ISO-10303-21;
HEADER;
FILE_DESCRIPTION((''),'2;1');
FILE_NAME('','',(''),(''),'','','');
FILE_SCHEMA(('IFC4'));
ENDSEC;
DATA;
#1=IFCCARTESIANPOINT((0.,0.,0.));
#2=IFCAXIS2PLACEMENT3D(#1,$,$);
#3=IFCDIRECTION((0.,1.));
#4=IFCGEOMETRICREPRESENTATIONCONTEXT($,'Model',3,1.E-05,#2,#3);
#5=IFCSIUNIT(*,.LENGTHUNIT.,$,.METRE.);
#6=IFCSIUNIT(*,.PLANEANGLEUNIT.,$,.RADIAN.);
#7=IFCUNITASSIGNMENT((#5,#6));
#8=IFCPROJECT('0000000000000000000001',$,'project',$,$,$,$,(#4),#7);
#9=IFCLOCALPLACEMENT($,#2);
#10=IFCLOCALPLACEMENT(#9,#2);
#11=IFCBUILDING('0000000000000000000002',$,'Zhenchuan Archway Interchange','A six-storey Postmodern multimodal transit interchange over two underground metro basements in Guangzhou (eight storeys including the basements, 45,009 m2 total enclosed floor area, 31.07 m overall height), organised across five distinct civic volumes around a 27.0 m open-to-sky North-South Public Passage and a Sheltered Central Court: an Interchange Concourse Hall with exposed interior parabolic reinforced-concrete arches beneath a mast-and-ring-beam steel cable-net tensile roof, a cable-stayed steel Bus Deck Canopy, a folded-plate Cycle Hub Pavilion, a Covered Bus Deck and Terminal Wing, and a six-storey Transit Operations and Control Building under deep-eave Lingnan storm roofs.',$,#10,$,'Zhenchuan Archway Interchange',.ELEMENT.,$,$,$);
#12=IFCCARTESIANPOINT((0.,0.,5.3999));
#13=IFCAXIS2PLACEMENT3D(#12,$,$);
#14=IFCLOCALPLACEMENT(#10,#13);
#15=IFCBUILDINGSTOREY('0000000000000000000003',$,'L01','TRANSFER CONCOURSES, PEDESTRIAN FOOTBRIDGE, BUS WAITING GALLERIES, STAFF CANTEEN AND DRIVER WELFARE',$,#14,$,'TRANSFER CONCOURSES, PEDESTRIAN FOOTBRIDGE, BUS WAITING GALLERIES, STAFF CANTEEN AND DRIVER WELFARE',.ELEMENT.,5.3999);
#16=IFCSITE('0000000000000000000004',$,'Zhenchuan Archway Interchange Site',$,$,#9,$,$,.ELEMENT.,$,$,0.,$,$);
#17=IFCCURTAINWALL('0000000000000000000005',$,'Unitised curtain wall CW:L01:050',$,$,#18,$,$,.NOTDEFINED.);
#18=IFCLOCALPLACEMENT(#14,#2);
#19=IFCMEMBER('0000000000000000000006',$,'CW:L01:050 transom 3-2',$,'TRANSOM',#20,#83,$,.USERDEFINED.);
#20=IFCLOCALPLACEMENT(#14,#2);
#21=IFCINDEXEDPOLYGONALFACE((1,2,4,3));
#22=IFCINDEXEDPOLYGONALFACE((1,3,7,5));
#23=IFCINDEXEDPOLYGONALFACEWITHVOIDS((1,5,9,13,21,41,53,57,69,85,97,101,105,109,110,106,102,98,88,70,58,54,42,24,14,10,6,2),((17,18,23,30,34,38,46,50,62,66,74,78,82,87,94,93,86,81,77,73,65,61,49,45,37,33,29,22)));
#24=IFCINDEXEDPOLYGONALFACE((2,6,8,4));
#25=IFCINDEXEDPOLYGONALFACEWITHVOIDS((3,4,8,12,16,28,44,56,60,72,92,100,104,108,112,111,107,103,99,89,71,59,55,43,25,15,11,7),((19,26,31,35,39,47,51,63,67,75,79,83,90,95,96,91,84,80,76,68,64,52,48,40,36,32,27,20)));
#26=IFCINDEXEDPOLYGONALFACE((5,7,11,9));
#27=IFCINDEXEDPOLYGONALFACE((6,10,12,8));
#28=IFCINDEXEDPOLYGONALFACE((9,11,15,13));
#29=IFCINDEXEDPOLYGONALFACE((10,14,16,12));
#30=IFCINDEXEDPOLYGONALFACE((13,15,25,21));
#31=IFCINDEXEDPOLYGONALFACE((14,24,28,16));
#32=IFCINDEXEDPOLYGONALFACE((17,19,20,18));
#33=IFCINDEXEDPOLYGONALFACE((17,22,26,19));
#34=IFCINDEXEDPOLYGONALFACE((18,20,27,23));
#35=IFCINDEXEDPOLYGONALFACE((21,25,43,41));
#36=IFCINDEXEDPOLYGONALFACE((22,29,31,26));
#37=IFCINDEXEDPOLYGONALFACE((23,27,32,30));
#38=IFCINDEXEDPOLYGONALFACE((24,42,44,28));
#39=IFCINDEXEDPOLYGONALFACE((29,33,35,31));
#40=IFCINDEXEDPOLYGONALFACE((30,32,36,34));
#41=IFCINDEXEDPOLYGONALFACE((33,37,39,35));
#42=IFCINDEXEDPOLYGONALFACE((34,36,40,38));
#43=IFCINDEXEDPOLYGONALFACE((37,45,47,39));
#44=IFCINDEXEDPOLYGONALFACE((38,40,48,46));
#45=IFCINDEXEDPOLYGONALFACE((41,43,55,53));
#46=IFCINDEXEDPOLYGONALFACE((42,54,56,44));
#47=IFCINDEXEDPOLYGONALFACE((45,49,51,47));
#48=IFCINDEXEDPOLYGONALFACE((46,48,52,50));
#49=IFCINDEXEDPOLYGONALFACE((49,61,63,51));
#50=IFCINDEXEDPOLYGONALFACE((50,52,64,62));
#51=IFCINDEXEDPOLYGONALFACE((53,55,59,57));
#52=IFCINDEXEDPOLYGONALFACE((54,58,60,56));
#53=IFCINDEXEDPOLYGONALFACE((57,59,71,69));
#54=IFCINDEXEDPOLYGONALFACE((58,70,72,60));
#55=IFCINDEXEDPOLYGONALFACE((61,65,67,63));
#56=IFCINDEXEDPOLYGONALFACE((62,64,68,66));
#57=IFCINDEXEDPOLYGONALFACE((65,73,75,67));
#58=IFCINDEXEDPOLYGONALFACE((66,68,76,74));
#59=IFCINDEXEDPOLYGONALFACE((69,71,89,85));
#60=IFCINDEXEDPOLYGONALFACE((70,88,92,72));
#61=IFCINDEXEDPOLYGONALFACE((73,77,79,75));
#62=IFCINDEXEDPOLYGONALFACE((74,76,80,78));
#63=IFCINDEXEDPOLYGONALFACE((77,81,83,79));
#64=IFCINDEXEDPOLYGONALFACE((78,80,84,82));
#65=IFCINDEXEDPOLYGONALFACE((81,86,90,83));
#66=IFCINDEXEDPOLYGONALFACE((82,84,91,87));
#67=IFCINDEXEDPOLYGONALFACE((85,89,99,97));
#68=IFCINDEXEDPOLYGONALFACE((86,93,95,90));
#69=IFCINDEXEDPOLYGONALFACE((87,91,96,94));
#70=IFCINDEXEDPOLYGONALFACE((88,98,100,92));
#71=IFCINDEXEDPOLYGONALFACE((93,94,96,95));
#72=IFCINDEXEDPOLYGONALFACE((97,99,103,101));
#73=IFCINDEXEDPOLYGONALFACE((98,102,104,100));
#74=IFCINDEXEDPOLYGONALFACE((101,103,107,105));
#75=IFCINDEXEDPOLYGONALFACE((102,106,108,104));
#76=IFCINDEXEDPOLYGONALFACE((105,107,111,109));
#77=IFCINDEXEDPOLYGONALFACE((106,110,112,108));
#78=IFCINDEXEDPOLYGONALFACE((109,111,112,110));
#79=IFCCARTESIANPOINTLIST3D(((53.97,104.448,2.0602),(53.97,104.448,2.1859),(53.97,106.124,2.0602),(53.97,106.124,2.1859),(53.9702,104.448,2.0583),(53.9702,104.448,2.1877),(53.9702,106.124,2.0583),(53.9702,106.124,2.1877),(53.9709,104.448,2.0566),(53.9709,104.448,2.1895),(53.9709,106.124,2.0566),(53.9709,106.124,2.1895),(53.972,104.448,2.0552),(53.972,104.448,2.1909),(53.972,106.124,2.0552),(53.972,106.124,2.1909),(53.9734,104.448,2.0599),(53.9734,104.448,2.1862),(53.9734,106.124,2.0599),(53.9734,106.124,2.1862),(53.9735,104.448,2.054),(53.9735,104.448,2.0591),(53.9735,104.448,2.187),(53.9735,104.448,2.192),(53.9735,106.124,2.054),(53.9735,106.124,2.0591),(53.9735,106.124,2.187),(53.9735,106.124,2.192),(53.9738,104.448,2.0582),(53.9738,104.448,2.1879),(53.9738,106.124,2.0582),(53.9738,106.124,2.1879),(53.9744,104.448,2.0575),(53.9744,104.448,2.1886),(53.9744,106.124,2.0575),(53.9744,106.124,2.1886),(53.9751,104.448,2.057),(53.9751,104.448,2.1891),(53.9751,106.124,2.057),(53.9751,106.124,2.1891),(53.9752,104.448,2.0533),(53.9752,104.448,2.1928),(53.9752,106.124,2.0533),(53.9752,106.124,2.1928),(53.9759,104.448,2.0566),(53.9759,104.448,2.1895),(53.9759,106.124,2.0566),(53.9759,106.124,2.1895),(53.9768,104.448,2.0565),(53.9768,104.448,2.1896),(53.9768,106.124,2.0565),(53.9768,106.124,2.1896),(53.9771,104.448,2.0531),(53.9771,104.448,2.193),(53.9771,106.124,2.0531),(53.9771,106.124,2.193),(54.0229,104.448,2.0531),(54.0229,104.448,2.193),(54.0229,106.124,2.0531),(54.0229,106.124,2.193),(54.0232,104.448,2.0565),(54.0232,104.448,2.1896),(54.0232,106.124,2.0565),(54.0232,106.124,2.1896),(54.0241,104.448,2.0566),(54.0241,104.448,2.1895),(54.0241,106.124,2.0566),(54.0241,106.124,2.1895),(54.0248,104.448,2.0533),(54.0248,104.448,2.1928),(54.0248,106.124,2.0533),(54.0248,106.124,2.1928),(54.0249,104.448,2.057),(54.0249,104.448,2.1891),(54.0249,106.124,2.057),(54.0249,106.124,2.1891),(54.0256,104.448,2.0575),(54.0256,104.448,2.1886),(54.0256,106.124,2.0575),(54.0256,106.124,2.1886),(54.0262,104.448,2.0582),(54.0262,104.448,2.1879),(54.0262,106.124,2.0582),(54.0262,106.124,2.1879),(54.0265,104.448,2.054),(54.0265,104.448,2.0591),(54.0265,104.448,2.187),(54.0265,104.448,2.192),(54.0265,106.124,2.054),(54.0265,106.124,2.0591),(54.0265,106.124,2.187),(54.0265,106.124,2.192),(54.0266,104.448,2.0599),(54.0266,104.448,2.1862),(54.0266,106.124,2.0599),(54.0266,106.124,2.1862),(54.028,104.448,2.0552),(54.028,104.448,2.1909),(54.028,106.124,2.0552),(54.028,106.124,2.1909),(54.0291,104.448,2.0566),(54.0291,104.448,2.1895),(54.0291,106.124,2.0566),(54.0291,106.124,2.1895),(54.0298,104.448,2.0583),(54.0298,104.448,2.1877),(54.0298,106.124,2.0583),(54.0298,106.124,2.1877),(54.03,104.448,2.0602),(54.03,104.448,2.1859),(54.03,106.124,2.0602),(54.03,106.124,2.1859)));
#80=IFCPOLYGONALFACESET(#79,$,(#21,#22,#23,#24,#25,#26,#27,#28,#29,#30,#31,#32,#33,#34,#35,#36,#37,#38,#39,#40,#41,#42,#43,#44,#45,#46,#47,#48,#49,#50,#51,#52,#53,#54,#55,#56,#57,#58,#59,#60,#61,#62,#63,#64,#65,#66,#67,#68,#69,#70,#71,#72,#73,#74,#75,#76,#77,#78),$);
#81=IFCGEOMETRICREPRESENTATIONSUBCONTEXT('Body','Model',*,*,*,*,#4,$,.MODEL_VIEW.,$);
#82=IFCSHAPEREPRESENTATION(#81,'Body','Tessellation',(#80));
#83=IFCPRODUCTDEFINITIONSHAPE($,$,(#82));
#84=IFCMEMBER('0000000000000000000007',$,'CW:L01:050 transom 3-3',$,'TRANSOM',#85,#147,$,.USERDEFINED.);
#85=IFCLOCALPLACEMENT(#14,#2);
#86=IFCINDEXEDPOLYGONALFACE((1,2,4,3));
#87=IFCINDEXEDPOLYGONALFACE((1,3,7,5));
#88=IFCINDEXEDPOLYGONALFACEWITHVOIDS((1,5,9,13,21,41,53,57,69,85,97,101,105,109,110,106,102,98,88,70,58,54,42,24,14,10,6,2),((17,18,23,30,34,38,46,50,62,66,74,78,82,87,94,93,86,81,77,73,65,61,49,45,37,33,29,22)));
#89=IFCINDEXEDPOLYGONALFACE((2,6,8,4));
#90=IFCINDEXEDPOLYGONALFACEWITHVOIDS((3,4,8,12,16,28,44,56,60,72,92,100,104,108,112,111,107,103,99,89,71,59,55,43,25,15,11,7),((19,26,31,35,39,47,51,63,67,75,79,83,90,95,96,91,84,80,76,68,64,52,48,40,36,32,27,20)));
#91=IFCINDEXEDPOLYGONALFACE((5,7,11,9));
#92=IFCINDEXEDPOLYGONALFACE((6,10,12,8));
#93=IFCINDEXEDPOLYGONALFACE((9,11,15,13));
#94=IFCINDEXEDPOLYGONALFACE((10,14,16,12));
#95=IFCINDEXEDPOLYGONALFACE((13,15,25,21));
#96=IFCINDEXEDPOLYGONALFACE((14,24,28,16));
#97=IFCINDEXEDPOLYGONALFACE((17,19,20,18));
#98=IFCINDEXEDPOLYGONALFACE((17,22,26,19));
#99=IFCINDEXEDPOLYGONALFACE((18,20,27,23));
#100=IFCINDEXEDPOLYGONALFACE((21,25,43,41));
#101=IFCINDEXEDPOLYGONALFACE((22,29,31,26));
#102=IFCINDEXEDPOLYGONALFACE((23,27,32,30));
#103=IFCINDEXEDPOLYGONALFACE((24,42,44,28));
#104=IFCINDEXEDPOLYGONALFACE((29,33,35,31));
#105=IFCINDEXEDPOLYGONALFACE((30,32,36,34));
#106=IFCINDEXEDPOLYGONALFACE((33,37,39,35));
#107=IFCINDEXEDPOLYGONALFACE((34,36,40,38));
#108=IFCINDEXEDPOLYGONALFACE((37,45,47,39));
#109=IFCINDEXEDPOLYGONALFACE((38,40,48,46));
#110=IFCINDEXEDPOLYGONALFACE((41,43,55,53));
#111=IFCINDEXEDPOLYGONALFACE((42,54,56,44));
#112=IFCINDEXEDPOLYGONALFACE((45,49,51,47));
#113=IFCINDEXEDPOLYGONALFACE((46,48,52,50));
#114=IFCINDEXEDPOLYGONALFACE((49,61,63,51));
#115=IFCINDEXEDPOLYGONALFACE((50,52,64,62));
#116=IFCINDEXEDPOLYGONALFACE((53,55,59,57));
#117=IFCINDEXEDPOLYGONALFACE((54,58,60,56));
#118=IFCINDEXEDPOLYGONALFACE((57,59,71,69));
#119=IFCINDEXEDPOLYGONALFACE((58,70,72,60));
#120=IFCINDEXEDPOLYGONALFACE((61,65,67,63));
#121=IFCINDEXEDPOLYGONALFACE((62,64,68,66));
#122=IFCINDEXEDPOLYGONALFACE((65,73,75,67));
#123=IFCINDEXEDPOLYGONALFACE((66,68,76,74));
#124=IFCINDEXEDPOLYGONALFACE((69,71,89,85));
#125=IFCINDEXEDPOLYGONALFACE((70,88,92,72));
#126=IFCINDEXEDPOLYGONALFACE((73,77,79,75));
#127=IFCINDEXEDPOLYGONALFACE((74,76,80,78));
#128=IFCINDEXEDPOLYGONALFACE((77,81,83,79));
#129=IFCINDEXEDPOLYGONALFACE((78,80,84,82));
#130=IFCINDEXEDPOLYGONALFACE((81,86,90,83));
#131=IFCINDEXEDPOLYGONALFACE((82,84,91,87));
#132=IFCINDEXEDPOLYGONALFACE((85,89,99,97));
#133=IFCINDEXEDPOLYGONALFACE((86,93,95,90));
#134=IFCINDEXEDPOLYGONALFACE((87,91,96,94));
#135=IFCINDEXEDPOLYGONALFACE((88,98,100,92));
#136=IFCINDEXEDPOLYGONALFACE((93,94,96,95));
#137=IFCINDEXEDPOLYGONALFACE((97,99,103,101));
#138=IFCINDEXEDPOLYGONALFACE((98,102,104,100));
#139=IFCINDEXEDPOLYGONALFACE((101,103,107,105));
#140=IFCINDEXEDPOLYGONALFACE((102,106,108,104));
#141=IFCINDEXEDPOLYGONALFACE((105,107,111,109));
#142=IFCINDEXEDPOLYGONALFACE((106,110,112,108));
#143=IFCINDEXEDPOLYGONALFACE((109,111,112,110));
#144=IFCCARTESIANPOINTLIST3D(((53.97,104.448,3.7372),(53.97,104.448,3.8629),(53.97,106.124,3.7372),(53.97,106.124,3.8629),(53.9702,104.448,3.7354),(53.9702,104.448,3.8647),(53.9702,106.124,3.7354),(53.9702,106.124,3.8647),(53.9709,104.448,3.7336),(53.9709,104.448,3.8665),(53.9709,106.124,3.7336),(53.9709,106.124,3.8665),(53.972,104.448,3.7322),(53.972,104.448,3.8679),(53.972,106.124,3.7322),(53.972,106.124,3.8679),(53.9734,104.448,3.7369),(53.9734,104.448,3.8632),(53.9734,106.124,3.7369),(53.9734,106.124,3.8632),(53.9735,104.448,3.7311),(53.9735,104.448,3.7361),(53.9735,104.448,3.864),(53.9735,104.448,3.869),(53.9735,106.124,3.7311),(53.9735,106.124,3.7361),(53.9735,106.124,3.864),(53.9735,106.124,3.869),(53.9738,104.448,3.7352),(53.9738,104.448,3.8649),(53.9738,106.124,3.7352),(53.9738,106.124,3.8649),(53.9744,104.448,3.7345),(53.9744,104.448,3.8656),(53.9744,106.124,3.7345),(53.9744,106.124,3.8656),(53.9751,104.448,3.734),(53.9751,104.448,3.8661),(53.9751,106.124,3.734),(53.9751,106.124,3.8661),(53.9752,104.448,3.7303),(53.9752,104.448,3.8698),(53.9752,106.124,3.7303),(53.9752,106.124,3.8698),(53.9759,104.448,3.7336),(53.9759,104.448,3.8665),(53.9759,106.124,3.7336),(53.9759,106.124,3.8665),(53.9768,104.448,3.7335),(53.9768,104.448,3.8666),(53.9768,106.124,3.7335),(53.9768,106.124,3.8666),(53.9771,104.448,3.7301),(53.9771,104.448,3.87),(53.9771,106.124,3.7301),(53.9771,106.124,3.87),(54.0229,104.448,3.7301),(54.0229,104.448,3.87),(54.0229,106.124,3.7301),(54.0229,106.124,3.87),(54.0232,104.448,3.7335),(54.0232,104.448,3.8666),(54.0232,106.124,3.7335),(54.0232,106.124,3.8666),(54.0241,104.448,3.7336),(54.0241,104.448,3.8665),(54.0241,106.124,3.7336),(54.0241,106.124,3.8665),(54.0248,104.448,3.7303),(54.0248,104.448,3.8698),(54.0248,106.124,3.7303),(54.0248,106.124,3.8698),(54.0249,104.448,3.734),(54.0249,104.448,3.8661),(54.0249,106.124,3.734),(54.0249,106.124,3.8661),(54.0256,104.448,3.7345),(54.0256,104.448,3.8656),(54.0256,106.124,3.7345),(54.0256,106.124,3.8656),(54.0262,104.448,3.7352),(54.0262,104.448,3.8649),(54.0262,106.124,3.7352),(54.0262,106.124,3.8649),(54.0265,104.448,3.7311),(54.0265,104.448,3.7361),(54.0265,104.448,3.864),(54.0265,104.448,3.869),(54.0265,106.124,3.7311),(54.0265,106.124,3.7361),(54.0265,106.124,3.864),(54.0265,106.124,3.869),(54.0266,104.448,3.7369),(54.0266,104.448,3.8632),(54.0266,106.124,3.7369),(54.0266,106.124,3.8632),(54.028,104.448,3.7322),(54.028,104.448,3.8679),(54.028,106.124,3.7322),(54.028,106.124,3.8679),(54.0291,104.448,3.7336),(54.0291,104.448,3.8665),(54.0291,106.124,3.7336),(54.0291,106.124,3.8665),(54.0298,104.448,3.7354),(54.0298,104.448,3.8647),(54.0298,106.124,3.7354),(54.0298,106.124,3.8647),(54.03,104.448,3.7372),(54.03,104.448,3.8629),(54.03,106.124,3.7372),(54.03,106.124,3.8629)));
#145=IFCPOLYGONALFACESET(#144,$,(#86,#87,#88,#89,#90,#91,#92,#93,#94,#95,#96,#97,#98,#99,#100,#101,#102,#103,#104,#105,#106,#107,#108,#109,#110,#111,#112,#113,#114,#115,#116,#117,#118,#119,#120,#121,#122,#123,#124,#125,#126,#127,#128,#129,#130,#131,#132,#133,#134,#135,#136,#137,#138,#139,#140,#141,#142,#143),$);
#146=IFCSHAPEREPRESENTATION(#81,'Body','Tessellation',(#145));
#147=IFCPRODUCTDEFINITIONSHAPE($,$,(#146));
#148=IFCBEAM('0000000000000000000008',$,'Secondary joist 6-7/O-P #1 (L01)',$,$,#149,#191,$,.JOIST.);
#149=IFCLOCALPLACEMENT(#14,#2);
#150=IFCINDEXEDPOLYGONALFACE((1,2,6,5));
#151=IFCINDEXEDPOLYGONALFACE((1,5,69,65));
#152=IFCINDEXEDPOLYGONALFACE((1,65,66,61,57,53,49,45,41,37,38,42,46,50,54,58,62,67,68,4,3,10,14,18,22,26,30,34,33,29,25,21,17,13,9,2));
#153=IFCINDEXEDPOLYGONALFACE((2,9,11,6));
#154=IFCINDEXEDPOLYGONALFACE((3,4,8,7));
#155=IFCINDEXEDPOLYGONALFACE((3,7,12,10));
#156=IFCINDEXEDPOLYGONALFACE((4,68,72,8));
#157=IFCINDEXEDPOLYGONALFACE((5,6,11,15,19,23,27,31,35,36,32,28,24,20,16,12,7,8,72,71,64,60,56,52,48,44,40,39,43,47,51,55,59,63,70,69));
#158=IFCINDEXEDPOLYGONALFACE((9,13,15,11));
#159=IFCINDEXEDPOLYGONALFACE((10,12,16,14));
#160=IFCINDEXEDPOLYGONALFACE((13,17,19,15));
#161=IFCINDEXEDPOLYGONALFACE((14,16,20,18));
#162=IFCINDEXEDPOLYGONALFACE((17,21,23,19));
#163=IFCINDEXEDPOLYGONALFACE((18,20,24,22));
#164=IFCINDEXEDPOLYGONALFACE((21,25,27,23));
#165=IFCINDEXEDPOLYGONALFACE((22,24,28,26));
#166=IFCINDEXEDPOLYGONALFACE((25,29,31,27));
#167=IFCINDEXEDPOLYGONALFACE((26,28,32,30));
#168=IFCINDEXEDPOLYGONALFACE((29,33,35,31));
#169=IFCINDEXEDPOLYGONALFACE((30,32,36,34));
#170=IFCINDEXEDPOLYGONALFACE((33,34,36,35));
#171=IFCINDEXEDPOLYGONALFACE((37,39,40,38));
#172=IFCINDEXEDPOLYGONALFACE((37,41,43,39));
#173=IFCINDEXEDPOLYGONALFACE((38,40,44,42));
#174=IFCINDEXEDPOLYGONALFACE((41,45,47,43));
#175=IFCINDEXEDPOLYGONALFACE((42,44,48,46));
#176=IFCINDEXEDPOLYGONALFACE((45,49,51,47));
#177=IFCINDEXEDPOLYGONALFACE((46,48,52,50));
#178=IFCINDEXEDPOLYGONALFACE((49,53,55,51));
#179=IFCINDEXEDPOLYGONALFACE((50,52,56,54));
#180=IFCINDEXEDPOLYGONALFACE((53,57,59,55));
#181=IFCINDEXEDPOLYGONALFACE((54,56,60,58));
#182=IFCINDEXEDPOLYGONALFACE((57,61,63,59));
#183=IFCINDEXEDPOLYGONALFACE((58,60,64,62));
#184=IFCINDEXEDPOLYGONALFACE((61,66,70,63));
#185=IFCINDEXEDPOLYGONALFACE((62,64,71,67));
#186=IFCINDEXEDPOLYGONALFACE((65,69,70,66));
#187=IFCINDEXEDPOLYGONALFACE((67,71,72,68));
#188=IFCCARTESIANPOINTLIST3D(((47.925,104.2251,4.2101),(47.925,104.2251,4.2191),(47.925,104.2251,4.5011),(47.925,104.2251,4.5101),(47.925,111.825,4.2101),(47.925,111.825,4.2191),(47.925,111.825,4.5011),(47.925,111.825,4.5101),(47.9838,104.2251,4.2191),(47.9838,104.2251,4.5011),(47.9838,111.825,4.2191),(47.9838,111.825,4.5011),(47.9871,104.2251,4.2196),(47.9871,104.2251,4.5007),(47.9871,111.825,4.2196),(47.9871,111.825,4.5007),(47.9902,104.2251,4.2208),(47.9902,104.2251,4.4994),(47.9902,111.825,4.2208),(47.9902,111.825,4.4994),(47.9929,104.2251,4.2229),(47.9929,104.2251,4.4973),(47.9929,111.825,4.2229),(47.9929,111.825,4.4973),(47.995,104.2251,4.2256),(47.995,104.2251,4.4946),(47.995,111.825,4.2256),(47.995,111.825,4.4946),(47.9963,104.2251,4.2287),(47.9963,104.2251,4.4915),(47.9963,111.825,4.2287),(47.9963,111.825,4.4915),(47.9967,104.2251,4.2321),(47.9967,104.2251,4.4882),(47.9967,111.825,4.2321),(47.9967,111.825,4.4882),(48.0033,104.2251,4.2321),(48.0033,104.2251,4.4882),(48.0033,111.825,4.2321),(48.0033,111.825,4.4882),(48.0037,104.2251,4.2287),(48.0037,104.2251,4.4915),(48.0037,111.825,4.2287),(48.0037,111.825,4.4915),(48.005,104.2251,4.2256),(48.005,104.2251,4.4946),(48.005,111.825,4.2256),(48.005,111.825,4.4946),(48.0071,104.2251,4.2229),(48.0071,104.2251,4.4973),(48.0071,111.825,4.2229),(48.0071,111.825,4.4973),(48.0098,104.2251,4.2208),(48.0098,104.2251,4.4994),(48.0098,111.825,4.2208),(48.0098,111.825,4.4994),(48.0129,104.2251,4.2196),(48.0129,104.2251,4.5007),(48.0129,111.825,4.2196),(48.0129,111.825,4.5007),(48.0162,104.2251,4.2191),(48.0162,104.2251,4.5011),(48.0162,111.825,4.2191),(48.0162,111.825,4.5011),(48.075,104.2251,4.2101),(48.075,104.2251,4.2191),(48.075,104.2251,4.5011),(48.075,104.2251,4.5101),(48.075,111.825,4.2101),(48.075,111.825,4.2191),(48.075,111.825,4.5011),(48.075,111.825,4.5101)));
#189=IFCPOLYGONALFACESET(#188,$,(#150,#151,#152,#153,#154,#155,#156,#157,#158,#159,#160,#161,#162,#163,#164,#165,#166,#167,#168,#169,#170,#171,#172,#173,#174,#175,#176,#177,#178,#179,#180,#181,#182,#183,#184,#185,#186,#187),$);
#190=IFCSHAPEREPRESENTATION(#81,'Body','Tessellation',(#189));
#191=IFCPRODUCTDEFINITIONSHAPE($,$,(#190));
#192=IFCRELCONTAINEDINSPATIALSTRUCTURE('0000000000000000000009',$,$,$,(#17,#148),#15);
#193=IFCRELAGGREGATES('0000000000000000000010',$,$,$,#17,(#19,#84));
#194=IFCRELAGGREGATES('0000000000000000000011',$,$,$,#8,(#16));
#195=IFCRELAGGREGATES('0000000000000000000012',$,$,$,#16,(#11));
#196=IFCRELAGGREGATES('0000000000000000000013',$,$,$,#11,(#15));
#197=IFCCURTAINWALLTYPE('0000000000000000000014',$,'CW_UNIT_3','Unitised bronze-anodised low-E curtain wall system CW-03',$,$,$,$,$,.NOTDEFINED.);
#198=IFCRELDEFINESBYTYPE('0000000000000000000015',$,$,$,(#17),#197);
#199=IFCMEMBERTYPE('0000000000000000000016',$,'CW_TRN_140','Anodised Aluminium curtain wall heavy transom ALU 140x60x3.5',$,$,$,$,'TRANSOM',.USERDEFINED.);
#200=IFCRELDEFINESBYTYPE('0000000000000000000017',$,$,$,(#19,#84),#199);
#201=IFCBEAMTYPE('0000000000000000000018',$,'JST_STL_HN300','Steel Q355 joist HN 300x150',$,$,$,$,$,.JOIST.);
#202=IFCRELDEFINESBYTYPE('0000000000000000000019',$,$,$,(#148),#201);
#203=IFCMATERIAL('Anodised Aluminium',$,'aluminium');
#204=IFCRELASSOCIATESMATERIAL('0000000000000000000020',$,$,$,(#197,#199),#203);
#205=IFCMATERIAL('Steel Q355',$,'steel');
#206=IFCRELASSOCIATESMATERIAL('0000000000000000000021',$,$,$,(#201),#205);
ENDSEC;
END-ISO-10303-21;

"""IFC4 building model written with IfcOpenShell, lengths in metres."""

from ifc_helpers import new_model, si_unit, direction, frame, origin, origin_2d, place, context, subcontext, project, spatial, hollow_rectangle, i_section, extrude, material, material_profile, profile_set, type_object, element, aggregate, save


model = new_model("IFC4")

# Units and contexts
model_context = context("Model", 3, precision=1e-05, world=origin(), true_north=direction((0.0, 1.0)))
body_context = subcontext(model_context, "Body", "Model", "MODEL_VIEW")
ifc_project = project(units=[si_unit("LENGTHUNIT", "METRE"), si_unit("PLANEANGLEUNIT", "RADIAN")], contexts=[model_context])

# Site, building, storey
site_placement = place(None, origin())
site = spatial("IfcSite", under=ifc_project, at=site_placement, Name="Zhenchuan Archway Interchange Site", CompositionType="ELEMENT", RefElevation=0.0)
building_placement = place(site_placement, origin())
building = spatial("IfcBuilding", under=site, at=building_placement, Name="Zhenchuan Archway Interchange", Description="A six-storey Postmodern multimodal transit interchange over two underground metro basements in Guangzhou (eight storeys including the basements, 45,009 m2 total enclosed floor area, 31.07 m overall height), organised across five distinct civic volumes around a 27.0 m open-to-sky North-South Public Passage and a Sheltered Central Court: an Interchange Concourse Hall with exposed interior parabolic reinforced-concrete arches beneath a mast-and-ring-beam steel cable-net tensile roof, a cable-stayed steel Bus Deck Canopy, a folded-plate Cycle Hub Pavilion, a Covered Bus Deck and Terminal Wing, and a six-storey Transit Operations and Control Building under deep-eave Lingnan storm roofs.", LongName="Zhenchuan Archway Interchange", CompositionType="ELEMENT")
storey_placement = place(building_placement, frame((0.0, 0.0, 5.3999)))
storey = spatial("IfcBuildingStorey", under=building, at=storey_placement, Name="L01", Description="TRANSFER CONCOURSES, PEDESTRIAN FOOTBRIDGE, BUS WAITING GALLERIES, STAFF CANTEEN AND DRIVER WELFARE", LongName="TRANSFER CONCOURSES, PEDESTRIAN FOOTBRIDGE, BUS WAITING GALLERIES, STAFF CANTEEN AND DRIVER WELFARE", CompositionType="ELEMENT", Elevation=5.3999)

# Curtain wall, members
ifc_material_1 = material(Name="Anodised Aluminium", Category="aluminium")
curtain_wall_type = type_object("IfcCurtainWallType", Name="CW_UNIT_3", Description="Unitised bronze-anodised low-E curtain wall system CW-03", PredefinedType="NOTDEFINED", material=ifc_material_1)
curtain_wall_placement = place(storey_placement, origin())
curtain_wall = element("IfcCurtainWall", 1, at=curtain_wall_placement, inside=storey, type_object=curtain_wall_type, Name="Unitised curtain wall CW:L01:050", PredefinedType="NOTDEFINED")
ifc_material_profile_1 = material_profile(ifc_material_1, hollow_rectangle(XDim=0.0601, YDim=0.1399, WallThickness=0.0034, InnerFilletRadius=0.0034, OuterFilletRadius=0.0071, at=origin_2d()), Name="ALU 140x60x3.5")
ifc_profile_set_1 = profile_set([ifc_material_profile_1], Name="Anodised Aluminium")
member_type_1 = type_object("IfcMemberType", Name="CW_TRN_140", Description="Anodised Aluminium curtain wall heavy transom ALU 140x60x3.5", ElementType="TRANSOM", PredefinedType="USERDEFINED", material=ifc_profile_set_1)
member_1_placement = place(storey_placement, frame((54.0, 106.124, 2.123), z_axis=(0.0, -1.0, 0.0), x_axis=(1.0, 0.0, 0.0)))
member_1 = element("IfcMember", 2, at=member_1_placement, type_object=member_type_1, Name="CW:L01:050 transom 3-2", ObjectType="TRANSOM", PredefinedType="USERDEFINED", context=body_context, shape_type="SweptSolid", body=[
    extrude(hollow_rectangle(XDim=0.0601, YDim=0.1399, WallThickness=0.0034, InnerFilletRadius=0.0034, OuterFilletRadius=0.0071, at=origin_2d()), origin(), (0.0, 0.0, 1.0), 1.676),
])
member_2_placement = place(storey_placement, frame((54.0, 106.124, 3.8), z_axis=(0.0, -1.0, 0.0), x_axis=(1.0, 0.0, 0.0)))
member_2 = element("IfcMember", 3, at=member_2_placement, type_object=member_type_1, Name="CW:L01:050 transom 3-3", ObjectType="TRANSOM", PredefinedType="USERDEFINED", context=body_context, shape_type="SweptSolid", body=[
    extrude(hollow_rectangle(XDim=0.0601, YDim=0.1399, WallThickness=0.0034, InnerFilletRadius=0.0034, OuterFilletRadius=0.0071, at=origin_2d()), origin(), (0.0, 0.0, 1.0), 1.676),
])

# Beam
ifc_material_2 = material(Name="Steel Q355", Category="steel")
ifc_material_profile_2 = material_profile(ifc_material_2, i_section(OverallWidth=0.1499, OverallDepth=0.3, WebThickness=0.0066, FlangeThickness=0.009, FilletRadius=0.0129, at=origin_2d()), Name="HN 300x150")
ifc_profile_set_2 = profile_set([ifc_material_profile_2], Name="Steel Q355")
beam_type_1 = type_object("IfcBeamType", Name="JST_STL_HN300", Description="Steel Q355 joist HN 300x150", PredefinedType="JOIST", material=ifc_profile_set_2)
for number, where, z_axis, x_axis, name in (
    (4, (48.0, 104.2251, 4.3601), (0.0, 1.0, 0.0), (-1.0, 0.0, 0.0), "Secondary joist 6-7/O-P #1 (L01)"),
):
    element("IfcBeam", number, at=place(storey_placement, frame(where, z_axis=z_axis, x_axis=x_axis)), inside=storey, type_object=beam_type_1, Name=name, PredefinedType="JOIST", context=body_context, shape_type="SweptSolid", body=[
        extrude(i_section(OverallWidth=0.1499, OverallDepth=0.3, WebThickness=0.0066, FlangeThickness=0.009, FilletRadius=0.0129, at=origin_2d()), origin(), (0.0, 0.0, 1.0), 7.5999),
    ])

aggregate(curtain_wall, [member_1, member_2])

save(model, "model.ifc")
